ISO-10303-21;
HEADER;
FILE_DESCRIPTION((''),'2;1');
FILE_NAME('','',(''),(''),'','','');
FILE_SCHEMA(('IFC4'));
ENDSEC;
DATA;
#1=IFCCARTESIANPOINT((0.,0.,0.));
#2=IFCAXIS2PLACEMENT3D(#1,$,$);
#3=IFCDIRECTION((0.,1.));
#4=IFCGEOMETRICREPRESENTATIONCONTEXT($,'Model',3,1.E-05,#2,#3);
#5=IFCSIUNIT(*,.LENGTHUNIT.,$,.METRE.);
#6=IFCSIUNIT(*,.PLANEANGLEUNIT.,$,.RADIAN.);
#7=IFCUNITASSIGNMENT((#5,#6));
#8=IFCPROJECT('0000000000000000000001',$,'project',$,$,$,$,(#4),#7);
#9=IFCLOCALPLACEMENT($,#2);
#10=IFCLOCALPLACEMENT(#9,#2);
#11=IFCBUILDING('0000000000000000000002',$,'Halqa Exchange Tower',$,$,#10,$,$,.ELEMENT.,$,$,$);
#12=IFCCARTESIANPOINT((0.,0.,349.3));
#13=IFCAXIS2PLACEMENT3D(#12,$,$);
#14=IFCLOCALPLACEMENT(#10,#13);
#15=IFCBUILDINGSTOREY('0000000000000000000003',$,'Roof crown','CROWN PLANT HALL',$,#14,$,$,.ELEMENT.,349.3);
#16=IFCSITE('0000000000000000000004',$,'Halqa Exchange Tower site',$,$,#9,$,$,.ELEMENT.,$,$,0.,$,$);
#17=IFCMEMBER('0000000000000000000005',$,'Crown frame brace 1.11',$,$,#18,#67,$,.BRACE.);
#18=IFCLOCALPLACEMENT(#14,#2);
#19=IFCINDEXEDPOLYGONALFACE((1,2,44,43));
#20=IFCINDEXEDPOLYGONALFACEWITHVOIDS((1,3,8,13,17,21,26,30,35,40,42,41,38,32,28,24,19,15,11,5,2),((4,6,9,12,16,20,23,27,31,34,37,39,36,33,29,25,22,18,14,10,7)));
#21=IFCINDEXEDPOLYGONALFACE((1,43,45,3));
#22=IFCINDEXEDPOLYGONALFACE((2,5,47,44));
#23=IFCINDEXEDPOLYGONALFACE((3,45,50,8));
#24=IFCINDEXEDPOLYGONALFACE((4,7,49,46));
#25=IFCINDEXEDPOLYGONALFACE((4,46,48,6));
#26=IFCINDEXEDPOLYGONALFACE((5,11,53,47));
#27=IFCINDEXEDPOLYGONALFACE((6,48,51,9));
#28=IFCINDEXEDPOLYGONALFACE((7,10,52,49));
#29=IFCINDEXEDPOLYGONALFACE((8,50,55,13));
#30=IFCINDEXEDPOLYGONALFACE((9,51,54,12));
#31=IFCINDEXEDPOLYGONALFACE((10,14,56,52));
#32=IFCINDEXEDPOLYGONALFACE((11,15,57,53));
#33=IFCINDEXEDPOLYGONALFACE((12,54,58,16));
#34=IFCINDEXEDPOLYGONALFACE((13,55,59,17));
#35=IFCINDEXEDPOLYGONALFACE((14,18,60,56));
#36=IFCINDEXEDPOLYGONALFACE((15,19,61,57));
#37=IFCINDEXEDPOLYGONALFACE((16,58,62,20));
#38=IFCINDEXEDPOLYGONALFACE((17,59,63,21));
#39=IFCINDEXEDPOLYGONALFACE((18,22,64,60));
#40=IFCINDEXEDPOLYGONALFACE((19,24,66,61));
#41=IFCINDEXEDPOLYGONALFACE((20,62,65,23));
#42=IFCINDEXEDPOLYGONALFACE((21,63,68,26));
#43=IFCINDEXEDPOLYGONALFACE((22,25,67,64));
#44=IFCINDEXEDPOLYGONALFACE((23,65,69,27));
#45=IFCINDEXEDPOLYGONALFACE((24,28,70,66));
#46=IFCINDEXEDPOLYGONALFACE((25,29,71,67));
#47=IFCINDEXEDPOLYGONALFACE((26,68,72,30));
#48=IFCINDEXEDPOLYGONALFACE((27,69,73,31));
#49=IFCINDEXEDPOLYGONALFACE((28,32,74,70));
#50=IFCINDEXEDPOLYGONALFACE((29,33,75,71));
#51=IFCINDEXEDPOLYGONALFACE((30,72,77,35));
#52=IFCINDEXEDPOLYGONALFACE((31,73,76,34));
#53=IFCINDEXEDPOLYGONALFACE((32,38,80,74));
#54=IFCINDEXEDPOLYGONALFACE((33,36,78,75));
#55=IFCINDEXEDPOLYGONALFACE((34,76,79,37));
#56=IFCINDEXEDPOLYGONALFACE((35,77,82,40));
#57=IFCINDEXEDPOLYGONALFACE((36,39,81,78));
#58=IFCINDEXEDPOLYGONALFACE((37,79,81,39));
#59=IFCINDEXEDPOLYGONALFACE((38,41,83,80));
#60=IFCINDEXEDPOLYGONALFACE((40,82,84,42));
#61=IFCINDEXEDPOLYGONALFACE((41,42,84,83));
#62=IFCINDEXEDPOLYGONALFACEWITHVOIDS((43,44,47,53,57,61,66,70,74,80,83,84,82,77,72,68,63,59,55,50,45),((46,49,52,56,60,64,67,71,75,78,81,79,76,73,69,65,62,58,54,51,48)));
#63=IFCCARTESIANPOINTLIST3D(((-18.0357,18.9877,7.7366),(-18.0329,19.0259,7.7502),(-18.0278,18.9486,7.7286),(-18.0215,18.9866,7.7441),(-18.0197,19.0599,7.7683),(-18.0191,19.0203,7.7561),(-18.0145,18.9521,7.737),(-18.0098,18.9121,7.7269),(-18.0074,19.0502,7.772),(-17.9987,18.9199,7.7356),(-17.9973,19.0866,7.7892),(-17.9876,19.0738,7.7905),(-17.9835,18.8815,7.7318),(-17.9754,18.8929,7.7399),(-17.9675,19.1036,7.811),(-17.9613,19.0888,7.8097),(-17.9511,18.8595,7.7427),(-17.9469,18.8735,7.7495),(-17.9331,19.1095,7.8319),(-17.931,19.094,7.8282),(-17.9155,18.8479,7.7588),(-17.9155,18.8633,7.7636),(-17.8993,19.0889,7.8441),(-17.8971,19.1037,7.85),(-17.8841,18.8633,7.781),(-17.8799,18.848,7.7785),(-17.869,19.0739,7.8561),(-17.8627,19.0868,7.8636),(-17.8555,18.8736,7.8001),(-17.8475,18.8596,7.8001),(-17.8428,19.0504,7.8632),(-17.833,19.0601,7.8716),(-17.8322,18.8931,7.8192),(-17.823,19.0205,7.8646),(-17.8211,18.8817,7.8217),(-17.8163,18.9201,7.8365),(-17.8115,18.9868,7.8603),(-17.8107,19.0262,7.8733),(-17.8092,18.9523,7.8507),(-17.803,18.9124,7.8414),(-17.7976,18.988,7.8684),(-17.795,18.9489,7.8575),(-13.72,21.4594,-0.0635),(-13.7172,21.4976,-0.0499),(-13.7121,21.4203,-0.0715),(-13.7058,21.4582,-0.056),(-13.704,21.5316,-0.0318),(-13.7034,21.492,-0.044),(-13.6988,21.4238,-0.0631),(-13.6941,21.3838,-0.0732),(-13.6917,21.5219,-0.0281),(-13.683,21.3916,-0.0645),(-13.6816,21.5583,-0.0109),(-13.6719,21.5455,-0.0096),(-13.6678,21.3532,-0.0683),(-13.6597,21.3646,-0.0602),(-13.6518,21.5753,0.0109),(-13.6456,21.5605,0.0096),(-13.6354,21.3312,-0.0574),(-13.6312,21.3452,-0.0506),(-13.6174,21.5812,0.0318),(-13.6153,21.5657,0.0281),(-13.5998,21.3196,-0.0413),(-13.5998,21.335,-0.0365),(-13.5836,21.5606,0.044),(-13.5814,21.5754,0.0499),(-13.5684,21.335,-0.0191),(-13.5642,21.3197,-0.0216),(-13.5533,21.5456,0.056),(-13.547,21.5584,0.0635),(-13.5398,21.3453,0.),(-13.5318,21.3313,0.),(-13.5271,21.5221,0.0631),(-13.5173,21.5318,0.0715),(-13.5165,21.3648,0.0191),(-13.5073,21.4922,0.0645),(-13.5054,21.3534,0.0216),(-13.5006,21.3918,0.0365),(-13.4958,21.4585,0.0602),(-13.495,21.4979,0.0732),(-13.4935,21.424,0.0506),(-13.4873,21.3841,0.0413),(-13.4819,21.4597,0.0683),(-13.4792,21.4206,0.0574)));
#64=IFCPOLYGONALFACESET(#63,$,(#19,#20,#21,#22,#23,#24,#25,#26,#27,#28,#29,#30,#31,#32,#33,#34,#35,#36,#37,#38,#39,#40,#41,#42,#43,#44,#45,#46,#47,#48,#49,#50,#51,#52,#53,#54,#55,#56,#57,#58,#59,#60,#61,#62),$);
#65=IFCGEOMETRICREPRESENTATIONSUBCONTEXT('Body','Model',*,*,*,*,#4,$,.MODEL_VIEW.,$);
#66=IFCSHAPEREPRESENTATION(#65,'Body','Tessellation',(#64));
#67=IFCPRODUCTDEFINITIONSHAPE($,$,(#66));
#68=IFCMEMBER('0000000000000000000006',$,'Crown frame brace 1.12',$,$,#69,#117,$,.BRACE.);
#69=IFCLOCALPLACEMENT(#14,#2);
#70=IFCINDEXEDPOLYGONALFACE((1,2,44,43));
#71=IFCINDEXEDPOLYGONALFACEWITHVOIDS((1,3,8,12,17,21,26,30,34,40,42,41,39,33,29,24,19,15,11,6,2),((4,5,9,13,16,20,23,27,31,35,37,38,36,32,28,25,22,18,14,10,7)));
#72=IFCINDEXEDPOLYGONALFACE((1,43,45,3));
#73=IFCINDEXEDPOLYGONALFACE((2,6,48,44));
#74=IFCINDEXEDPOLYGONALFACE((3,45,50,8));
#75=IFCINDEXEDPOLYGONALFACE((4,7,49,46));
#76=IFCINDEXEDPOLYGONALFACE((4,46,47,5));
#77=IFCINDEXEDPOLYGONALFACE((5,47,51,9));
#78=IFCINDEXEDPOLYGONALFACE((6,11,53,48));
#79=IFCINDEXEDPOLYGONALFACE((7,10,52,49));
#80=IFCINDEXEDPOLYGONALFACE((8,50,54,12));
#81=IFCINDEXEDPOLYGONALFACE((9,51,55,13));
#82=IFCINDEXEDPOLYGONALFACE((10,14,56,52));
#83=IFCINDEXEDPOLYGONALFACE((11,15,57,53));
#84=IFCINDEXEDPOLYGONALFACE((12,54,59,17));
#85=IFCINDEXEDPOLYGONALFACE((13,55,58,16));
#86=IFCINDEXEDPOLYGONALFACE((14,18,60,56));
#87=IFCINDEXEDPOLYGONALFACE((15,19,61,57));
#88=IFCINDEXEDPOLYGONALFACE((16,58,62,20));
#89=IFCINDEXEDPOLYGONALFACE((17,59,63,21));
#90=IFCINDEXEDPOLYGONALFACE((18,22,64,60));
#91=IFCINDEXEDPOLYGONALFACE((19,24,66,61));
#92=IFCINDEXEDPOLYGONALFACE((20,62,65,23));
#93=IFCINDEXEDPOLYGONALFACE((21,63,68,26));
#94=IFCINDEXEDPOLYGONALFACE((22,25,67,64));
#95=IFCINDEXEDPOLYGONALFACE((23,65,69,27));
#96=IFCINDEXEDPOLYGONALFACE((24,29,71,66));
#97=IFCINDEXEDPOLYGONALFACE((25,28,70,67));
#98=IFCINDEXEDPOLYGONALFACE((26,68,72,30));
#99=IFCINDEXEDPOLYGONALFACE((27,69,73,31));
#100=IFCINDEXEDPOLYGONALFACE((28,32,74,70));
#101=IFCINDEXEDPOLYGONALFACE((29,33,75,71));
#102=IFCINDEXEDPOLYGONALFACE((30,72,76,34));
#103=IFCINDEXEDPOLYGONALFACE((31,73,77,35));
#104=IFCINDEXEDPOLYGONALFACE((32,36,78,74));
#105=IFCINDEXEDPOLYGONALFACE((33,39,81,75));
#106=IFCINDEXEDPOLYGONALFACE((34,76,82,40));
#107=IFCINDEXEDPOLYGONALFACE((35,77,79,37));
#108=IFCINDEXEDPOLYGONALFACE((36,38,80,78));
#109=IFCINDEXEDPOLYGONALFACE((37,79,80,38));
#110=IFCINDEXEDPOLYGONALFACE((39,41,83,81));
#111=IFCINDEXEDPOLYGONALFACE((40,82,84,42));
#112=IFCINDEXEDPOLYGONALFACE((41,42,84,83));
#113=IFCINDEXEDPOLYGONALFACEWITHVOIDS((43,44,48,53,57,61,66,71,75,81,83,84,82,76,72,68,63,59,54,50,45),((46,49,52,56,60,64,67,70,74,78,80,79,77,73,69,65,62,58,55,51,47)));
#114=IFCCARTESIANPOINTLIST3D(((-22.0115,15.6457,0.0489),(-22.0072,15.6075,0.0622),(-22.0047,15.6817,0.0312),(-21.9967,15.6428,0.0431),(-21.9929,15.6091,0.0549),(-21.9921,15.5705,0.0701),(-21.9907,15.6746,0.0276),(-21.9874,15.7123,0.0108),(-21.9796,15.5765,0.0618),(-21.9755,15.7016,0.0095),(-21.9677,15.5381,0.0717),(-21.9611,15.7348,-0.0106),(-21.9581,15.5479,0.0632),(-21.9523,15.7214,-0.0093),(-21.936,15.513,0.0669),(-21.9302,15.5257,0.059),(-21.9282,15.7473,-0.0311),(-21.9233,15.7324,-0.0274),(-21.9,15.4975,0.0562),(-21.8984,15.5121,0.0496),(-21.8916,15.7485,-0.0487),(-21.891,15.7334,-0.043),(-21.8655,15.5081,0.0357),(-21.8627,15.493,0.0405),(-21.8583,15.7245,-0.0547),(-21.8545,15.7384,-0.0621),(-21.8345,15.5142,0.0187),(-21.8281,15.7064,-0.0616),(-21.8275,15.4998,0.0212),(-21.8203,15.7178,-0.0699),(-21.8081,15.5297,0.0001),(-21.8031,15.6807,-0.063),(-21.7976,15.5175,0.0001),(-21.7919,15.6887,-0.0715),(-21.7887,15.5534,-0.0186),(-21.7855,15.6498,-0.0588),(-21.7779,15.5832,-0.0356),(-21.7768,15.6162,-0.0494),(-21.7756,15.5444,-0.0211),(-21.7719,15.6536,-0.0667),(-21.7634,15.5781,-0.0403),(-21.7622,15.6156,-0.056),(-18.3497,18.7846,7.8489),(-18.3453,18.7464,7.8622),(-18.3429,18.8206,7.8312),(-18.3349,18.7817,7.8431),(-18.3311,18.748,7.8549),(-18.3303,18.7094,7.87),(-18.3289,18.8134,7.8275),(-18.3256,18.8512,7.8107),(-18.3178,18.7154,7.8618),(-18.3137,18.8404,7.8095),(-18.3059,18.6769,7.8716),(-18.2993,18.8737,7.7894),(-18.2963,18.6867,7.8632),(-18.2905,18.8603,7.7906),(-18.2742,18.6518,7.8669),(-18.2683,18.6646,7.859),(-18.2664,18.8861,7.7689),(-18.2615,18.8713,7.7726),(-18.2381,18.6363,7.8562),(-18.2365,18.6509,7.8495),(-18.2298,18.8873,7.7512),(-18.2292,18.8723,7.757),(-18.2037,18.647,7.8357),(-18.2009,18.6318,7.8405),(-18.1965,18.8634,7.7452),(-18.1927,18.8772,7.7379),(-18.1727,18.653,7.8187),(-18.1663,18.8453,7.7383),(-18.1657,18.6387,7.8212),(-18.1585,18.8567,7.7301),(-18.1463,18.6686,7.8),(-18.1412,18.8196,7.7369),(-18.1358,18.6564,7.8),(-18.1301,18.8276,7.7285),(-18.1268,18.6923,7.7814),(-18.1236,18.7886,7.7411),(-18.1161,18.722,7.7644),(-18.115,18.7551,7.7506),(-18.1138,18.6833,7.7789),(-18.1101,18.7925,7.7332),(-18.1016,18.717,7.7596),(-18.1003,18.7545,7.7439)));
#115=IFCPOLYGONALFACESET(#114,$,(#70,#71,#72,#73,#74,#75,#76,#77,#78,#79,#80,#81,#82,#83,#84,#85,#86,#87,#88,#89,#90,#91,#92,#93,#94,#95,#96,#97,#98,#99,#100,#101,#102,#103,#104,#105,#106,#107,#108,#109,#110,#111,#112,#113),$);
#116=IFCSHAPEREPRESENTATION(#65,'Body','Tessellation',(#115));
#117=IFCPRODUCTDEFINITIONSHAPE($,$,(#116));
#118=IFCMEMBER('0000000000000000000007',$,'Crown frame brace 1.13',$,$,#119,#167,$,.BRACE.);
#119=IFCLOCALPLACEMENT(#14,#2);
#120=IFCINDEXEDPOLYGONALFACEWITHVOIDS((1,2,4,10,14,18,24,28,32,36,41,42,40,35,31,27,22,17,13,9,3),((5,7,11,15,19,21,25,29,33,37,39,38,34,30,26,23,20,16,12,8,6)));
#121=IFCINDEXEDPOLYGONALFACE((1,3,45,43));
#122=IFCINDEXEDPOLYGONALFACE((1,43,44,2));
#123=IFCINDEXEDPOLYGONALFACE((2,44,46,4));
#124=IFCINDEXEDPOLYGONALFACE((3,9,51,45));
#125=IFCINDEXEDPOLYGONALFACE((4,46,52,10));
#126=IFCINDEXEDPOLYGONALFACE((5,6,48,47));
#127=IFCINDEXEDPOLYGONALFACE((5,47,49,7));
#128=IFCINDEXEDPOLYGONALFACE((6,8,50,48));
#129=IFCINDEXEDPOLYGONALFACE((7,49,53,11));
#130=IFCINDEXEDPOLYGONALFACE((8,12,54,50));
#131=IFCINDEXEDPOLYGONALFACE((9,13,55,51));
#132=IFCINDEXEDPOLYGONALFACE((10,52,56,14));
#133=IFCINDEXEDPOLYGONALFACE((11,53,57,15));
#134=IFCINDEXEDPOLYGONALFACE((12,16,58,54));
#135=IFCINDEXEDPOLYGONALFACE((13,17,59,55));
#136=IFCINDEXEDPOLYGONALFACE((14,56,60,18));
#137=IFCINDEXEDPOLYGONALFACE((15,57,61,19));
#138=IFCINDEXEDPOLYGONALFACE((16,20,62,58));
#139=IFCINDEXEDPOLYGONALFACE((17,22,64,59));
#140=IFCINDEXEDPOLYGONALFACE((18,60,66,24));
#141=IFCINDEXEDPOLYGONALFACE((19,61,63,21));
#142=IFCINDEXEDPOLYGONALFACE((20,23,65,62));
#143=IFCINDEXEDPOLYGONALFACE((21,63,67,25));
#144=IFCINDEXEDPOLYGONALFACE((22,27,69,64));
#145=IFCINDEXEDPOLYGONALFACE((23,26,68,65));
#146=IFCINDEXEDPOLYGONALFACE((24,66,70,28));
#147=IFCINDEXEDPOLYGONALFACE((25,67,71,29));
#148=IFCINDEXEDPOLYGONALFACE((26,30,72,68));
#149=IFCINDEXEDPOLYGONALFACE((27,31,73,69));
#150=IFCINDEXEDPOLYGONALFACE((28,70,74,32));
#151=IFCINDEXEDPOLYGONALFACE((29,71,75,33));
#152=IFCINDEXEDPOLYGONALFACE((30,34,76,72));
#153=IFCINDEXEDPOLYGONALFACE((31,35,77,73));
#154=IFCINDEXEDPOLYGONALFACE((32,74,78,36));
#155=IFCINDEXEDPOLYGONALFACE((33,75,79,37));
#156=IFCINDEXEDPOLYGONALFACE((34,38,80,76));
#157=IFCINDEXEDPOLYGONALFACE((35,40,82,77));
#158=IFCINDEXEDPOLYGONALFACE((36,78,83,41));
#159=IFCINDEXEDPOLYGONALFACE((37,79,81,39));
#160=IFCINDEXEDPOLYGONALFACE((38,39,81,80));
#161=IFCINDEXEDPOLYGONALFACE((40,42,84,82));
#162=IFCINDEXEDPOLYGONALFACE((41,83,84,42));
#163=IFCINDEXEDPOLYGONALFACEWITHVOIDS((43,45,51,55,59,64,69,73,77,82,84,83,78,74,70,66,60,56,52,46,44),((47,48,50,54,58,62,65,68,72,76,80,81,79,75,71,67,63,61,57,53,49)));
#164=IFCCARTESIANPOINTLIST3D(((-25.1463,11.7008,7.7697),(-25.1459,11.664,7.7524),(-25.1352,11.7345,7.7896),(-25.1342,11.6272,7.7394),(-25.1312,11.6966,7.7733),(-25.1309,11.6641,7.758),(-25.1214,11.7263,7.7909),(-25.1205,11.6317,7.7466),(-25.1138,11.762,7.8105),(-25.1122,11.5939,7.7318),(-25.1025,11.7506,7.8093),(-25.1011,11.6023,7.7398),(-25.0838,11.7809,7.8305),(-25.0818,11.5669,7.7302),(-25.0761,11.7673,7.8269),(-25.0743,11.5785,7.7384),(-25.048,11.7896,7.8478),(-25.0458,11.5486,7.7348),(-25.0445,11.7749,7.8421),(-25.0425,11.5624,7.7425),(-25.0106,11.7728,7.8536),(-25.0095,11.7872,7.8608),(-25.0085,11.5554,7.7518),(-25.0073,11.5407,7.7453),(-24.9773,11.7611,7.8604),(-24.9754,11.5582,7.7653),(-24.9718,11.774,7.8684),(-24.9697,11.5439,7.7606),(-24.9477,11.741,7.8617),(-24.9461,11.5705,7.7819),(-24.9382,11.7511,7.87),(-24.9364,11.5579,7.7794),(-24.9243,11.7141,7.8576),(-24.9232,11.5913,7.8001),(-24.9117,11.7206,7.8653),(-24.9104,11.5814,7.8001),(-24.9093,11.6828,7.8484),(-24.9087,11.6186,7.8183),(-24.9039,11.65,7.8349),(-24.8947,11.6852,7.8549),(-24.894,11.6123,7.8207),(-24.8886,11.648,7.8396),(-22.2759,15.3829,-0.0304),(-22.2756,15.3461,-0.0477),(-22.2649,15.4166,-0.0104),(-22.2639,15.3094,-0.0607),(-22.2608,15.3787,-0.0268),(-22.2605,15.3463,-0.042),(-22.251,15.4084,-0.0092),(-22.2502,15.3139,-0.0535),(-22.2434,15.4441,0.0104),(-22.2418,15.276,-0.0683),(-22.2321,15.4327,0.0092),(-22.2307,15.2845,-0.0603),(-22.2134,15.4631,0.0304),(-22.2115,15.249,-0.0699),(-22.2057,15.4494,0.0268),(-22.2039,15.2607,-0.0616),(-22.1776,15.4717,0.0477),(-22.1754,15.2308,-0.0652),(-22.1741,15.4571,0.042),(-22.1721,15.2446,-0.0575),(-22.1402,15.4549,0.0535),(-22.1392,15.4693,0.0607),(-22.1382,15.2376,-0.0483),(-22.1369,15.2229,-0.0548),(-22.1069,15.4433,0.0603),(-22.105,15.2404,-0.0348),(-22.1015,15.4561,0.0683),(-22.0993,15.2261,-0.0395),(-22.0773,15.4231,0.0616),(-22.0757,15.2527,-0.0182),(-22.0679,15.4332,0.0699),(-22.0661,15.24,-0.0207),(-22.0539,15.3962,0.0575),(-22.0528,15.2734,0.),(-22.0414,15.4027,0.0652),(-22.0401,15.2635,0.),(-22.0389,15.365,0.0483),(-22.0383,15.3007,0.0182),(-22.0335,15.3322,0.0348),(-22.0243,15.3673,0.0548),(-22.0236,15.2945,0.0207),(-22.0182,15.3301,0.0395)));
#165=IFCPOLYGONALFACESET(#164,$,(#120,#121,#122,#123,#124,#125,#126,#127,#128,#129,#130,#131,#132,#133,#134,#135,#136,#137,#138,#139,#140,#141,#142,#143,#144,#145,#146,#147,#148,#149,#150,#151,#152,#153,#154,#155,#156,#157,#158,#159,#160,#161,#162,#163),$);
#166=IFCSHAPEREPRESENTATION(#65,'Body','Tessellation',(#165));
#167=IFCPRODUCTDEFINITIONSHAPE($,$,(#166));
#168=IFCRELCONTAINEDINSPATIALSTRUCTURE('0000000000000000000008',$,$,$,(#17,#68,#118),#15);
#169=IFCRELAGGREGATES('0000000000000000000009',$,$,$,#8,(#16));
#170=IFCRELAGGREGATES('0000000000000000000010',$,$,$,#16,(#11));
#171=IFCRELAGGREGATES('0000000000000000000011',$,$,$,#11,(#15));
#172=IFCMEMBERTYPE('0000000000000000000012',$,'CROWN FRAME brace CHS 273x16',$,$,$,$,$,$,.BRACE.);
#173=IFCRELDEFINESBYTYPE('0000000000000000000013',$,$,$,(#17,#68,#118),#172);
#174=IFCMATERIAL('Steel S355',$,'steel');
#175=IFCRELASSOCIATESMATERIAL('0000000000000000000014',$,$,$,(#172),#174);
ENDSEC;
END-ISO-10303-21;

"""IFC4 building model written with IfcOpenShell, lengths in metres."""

from ifc_helpers import new_model, si_unit, direction, frame, origin, origin_2d, place, context, subcontext, project, spatial, hollow_circle, extrude, material, material_profile, profile_set, type_object, element, save


model = new_model("IFC4")

# Units and contexts
model_context = context("Model", 3, precision=1e-05, world=origin(), true_north=direction((0.0, 1.0)))
body_context = subcontext(model_context, "Body", "Model", "MODEL_VIEW")
ifc_project = project(units=[si_unit("LENGTHUNIT", "METRE"), si_unit("PLANEANGLEUNIT", "RADIAN")], contexts=[model_context])

# Site, building, storey
site_placement = place(None, origin())
site = spatial("IfcSite", under=ifc_project, at=site_placement, Name="Halqa Exchange Tower site", CompositionType="ELEMENT", RefElevation=0.0)
building_placement = place(site_placement, origin())
building = spatial("IfcBuilding", under=site, at=building_placement, Name="Halqa Exchange Tower", CompositionType="ELEMENT")
storey_placement = place(building_placement, frame((0.0, 0.0, 349.3)))
storey = spatial("IfcBuildingStorey", under=building, at=storey_placement, Name="Roof crown", Description="CROWN PLANT HALL", CompositionType="ELEMENT", Elevation=349.3)

# Shared definitions
ifc_material_1 = material(Name="Steel S355", Category="steel")

# Members
ifc_material_profile_1 = material_profile(ifc_material_1, hollow_circle(Radius=0.1365, WallThickness=0.0161, at=origin_2d()), Name="CHS 273x16")
ifc_profile_set_1 = profile_set([ifc_material_profile_1], Name="Steel S355")
member_type = type_object("IfcMemberType", Name="CROWN FRAME brace CHS 273x16", PredefinedType="BRACE", material=ifc_profile_set_1)
member_1_placement = place(storey_placement, frame((-13.5996, 21.4497, 0.0), z_axis=(-0.466525, -0.267189, 0.843187), x_axis=(0.496985, -0.867759, 0.0)))
element("IfcMember", 1, at=member_1_placement, inside=storey, type_object=member_type, Name="Crown frame brace 1.11", PredefinedType="BRACE", context=body_context, shape_type="SweptSolid", body=[
    extrude(hollow_circle(Radius=0.1365, WallThickness=0.0161, at=origin_2d()), origin(), (0.0, 0.0, 1.0), 9.2507),
])
member_2_placement = place(storey_placement, frame((-18.2246, 18.76, 7.8), z_axis=(-0.399298, -0.342274, -0.850535), x_axis=(0.650812, -0.759239, 0.0)))
element("IfcMember", 2, at=member_2_placement, inside=storey, type_object=member_type, Name="Crown frame brace 1.12", PredefinedType="BRACE", context=body_context, shape_type="SweptSolid", body=[
    extrude(hollow_circle(Radius=0.1365, WallThickness=0.0161, at=origin_2d()), origin(), (0.0, 0.0, 1.0), 9.1707),
])
member_3_placement = place(storey_placement, frame((-22.1477, 15.3474, 0.0), z_axis=(-0.315753, -0.405051, 0.858041), x_axis=(0.788679, -0.614805, 0.0)))
element("IfcMember", 3, at=member_3_placement, inside=storey, type_object=member_type, Name="Crown frame brace 1.13", PredefinedType="BRACE", context=body_context, shape_type="SweptSolid", body=[
    extrude(hollow_circle(Radius=0.1365, WallThickness=0.0161, at=origin_2d()), origin(), (0.0, 0.0, 1.0), 9.0906),
])

save(model, "model.ifc")
